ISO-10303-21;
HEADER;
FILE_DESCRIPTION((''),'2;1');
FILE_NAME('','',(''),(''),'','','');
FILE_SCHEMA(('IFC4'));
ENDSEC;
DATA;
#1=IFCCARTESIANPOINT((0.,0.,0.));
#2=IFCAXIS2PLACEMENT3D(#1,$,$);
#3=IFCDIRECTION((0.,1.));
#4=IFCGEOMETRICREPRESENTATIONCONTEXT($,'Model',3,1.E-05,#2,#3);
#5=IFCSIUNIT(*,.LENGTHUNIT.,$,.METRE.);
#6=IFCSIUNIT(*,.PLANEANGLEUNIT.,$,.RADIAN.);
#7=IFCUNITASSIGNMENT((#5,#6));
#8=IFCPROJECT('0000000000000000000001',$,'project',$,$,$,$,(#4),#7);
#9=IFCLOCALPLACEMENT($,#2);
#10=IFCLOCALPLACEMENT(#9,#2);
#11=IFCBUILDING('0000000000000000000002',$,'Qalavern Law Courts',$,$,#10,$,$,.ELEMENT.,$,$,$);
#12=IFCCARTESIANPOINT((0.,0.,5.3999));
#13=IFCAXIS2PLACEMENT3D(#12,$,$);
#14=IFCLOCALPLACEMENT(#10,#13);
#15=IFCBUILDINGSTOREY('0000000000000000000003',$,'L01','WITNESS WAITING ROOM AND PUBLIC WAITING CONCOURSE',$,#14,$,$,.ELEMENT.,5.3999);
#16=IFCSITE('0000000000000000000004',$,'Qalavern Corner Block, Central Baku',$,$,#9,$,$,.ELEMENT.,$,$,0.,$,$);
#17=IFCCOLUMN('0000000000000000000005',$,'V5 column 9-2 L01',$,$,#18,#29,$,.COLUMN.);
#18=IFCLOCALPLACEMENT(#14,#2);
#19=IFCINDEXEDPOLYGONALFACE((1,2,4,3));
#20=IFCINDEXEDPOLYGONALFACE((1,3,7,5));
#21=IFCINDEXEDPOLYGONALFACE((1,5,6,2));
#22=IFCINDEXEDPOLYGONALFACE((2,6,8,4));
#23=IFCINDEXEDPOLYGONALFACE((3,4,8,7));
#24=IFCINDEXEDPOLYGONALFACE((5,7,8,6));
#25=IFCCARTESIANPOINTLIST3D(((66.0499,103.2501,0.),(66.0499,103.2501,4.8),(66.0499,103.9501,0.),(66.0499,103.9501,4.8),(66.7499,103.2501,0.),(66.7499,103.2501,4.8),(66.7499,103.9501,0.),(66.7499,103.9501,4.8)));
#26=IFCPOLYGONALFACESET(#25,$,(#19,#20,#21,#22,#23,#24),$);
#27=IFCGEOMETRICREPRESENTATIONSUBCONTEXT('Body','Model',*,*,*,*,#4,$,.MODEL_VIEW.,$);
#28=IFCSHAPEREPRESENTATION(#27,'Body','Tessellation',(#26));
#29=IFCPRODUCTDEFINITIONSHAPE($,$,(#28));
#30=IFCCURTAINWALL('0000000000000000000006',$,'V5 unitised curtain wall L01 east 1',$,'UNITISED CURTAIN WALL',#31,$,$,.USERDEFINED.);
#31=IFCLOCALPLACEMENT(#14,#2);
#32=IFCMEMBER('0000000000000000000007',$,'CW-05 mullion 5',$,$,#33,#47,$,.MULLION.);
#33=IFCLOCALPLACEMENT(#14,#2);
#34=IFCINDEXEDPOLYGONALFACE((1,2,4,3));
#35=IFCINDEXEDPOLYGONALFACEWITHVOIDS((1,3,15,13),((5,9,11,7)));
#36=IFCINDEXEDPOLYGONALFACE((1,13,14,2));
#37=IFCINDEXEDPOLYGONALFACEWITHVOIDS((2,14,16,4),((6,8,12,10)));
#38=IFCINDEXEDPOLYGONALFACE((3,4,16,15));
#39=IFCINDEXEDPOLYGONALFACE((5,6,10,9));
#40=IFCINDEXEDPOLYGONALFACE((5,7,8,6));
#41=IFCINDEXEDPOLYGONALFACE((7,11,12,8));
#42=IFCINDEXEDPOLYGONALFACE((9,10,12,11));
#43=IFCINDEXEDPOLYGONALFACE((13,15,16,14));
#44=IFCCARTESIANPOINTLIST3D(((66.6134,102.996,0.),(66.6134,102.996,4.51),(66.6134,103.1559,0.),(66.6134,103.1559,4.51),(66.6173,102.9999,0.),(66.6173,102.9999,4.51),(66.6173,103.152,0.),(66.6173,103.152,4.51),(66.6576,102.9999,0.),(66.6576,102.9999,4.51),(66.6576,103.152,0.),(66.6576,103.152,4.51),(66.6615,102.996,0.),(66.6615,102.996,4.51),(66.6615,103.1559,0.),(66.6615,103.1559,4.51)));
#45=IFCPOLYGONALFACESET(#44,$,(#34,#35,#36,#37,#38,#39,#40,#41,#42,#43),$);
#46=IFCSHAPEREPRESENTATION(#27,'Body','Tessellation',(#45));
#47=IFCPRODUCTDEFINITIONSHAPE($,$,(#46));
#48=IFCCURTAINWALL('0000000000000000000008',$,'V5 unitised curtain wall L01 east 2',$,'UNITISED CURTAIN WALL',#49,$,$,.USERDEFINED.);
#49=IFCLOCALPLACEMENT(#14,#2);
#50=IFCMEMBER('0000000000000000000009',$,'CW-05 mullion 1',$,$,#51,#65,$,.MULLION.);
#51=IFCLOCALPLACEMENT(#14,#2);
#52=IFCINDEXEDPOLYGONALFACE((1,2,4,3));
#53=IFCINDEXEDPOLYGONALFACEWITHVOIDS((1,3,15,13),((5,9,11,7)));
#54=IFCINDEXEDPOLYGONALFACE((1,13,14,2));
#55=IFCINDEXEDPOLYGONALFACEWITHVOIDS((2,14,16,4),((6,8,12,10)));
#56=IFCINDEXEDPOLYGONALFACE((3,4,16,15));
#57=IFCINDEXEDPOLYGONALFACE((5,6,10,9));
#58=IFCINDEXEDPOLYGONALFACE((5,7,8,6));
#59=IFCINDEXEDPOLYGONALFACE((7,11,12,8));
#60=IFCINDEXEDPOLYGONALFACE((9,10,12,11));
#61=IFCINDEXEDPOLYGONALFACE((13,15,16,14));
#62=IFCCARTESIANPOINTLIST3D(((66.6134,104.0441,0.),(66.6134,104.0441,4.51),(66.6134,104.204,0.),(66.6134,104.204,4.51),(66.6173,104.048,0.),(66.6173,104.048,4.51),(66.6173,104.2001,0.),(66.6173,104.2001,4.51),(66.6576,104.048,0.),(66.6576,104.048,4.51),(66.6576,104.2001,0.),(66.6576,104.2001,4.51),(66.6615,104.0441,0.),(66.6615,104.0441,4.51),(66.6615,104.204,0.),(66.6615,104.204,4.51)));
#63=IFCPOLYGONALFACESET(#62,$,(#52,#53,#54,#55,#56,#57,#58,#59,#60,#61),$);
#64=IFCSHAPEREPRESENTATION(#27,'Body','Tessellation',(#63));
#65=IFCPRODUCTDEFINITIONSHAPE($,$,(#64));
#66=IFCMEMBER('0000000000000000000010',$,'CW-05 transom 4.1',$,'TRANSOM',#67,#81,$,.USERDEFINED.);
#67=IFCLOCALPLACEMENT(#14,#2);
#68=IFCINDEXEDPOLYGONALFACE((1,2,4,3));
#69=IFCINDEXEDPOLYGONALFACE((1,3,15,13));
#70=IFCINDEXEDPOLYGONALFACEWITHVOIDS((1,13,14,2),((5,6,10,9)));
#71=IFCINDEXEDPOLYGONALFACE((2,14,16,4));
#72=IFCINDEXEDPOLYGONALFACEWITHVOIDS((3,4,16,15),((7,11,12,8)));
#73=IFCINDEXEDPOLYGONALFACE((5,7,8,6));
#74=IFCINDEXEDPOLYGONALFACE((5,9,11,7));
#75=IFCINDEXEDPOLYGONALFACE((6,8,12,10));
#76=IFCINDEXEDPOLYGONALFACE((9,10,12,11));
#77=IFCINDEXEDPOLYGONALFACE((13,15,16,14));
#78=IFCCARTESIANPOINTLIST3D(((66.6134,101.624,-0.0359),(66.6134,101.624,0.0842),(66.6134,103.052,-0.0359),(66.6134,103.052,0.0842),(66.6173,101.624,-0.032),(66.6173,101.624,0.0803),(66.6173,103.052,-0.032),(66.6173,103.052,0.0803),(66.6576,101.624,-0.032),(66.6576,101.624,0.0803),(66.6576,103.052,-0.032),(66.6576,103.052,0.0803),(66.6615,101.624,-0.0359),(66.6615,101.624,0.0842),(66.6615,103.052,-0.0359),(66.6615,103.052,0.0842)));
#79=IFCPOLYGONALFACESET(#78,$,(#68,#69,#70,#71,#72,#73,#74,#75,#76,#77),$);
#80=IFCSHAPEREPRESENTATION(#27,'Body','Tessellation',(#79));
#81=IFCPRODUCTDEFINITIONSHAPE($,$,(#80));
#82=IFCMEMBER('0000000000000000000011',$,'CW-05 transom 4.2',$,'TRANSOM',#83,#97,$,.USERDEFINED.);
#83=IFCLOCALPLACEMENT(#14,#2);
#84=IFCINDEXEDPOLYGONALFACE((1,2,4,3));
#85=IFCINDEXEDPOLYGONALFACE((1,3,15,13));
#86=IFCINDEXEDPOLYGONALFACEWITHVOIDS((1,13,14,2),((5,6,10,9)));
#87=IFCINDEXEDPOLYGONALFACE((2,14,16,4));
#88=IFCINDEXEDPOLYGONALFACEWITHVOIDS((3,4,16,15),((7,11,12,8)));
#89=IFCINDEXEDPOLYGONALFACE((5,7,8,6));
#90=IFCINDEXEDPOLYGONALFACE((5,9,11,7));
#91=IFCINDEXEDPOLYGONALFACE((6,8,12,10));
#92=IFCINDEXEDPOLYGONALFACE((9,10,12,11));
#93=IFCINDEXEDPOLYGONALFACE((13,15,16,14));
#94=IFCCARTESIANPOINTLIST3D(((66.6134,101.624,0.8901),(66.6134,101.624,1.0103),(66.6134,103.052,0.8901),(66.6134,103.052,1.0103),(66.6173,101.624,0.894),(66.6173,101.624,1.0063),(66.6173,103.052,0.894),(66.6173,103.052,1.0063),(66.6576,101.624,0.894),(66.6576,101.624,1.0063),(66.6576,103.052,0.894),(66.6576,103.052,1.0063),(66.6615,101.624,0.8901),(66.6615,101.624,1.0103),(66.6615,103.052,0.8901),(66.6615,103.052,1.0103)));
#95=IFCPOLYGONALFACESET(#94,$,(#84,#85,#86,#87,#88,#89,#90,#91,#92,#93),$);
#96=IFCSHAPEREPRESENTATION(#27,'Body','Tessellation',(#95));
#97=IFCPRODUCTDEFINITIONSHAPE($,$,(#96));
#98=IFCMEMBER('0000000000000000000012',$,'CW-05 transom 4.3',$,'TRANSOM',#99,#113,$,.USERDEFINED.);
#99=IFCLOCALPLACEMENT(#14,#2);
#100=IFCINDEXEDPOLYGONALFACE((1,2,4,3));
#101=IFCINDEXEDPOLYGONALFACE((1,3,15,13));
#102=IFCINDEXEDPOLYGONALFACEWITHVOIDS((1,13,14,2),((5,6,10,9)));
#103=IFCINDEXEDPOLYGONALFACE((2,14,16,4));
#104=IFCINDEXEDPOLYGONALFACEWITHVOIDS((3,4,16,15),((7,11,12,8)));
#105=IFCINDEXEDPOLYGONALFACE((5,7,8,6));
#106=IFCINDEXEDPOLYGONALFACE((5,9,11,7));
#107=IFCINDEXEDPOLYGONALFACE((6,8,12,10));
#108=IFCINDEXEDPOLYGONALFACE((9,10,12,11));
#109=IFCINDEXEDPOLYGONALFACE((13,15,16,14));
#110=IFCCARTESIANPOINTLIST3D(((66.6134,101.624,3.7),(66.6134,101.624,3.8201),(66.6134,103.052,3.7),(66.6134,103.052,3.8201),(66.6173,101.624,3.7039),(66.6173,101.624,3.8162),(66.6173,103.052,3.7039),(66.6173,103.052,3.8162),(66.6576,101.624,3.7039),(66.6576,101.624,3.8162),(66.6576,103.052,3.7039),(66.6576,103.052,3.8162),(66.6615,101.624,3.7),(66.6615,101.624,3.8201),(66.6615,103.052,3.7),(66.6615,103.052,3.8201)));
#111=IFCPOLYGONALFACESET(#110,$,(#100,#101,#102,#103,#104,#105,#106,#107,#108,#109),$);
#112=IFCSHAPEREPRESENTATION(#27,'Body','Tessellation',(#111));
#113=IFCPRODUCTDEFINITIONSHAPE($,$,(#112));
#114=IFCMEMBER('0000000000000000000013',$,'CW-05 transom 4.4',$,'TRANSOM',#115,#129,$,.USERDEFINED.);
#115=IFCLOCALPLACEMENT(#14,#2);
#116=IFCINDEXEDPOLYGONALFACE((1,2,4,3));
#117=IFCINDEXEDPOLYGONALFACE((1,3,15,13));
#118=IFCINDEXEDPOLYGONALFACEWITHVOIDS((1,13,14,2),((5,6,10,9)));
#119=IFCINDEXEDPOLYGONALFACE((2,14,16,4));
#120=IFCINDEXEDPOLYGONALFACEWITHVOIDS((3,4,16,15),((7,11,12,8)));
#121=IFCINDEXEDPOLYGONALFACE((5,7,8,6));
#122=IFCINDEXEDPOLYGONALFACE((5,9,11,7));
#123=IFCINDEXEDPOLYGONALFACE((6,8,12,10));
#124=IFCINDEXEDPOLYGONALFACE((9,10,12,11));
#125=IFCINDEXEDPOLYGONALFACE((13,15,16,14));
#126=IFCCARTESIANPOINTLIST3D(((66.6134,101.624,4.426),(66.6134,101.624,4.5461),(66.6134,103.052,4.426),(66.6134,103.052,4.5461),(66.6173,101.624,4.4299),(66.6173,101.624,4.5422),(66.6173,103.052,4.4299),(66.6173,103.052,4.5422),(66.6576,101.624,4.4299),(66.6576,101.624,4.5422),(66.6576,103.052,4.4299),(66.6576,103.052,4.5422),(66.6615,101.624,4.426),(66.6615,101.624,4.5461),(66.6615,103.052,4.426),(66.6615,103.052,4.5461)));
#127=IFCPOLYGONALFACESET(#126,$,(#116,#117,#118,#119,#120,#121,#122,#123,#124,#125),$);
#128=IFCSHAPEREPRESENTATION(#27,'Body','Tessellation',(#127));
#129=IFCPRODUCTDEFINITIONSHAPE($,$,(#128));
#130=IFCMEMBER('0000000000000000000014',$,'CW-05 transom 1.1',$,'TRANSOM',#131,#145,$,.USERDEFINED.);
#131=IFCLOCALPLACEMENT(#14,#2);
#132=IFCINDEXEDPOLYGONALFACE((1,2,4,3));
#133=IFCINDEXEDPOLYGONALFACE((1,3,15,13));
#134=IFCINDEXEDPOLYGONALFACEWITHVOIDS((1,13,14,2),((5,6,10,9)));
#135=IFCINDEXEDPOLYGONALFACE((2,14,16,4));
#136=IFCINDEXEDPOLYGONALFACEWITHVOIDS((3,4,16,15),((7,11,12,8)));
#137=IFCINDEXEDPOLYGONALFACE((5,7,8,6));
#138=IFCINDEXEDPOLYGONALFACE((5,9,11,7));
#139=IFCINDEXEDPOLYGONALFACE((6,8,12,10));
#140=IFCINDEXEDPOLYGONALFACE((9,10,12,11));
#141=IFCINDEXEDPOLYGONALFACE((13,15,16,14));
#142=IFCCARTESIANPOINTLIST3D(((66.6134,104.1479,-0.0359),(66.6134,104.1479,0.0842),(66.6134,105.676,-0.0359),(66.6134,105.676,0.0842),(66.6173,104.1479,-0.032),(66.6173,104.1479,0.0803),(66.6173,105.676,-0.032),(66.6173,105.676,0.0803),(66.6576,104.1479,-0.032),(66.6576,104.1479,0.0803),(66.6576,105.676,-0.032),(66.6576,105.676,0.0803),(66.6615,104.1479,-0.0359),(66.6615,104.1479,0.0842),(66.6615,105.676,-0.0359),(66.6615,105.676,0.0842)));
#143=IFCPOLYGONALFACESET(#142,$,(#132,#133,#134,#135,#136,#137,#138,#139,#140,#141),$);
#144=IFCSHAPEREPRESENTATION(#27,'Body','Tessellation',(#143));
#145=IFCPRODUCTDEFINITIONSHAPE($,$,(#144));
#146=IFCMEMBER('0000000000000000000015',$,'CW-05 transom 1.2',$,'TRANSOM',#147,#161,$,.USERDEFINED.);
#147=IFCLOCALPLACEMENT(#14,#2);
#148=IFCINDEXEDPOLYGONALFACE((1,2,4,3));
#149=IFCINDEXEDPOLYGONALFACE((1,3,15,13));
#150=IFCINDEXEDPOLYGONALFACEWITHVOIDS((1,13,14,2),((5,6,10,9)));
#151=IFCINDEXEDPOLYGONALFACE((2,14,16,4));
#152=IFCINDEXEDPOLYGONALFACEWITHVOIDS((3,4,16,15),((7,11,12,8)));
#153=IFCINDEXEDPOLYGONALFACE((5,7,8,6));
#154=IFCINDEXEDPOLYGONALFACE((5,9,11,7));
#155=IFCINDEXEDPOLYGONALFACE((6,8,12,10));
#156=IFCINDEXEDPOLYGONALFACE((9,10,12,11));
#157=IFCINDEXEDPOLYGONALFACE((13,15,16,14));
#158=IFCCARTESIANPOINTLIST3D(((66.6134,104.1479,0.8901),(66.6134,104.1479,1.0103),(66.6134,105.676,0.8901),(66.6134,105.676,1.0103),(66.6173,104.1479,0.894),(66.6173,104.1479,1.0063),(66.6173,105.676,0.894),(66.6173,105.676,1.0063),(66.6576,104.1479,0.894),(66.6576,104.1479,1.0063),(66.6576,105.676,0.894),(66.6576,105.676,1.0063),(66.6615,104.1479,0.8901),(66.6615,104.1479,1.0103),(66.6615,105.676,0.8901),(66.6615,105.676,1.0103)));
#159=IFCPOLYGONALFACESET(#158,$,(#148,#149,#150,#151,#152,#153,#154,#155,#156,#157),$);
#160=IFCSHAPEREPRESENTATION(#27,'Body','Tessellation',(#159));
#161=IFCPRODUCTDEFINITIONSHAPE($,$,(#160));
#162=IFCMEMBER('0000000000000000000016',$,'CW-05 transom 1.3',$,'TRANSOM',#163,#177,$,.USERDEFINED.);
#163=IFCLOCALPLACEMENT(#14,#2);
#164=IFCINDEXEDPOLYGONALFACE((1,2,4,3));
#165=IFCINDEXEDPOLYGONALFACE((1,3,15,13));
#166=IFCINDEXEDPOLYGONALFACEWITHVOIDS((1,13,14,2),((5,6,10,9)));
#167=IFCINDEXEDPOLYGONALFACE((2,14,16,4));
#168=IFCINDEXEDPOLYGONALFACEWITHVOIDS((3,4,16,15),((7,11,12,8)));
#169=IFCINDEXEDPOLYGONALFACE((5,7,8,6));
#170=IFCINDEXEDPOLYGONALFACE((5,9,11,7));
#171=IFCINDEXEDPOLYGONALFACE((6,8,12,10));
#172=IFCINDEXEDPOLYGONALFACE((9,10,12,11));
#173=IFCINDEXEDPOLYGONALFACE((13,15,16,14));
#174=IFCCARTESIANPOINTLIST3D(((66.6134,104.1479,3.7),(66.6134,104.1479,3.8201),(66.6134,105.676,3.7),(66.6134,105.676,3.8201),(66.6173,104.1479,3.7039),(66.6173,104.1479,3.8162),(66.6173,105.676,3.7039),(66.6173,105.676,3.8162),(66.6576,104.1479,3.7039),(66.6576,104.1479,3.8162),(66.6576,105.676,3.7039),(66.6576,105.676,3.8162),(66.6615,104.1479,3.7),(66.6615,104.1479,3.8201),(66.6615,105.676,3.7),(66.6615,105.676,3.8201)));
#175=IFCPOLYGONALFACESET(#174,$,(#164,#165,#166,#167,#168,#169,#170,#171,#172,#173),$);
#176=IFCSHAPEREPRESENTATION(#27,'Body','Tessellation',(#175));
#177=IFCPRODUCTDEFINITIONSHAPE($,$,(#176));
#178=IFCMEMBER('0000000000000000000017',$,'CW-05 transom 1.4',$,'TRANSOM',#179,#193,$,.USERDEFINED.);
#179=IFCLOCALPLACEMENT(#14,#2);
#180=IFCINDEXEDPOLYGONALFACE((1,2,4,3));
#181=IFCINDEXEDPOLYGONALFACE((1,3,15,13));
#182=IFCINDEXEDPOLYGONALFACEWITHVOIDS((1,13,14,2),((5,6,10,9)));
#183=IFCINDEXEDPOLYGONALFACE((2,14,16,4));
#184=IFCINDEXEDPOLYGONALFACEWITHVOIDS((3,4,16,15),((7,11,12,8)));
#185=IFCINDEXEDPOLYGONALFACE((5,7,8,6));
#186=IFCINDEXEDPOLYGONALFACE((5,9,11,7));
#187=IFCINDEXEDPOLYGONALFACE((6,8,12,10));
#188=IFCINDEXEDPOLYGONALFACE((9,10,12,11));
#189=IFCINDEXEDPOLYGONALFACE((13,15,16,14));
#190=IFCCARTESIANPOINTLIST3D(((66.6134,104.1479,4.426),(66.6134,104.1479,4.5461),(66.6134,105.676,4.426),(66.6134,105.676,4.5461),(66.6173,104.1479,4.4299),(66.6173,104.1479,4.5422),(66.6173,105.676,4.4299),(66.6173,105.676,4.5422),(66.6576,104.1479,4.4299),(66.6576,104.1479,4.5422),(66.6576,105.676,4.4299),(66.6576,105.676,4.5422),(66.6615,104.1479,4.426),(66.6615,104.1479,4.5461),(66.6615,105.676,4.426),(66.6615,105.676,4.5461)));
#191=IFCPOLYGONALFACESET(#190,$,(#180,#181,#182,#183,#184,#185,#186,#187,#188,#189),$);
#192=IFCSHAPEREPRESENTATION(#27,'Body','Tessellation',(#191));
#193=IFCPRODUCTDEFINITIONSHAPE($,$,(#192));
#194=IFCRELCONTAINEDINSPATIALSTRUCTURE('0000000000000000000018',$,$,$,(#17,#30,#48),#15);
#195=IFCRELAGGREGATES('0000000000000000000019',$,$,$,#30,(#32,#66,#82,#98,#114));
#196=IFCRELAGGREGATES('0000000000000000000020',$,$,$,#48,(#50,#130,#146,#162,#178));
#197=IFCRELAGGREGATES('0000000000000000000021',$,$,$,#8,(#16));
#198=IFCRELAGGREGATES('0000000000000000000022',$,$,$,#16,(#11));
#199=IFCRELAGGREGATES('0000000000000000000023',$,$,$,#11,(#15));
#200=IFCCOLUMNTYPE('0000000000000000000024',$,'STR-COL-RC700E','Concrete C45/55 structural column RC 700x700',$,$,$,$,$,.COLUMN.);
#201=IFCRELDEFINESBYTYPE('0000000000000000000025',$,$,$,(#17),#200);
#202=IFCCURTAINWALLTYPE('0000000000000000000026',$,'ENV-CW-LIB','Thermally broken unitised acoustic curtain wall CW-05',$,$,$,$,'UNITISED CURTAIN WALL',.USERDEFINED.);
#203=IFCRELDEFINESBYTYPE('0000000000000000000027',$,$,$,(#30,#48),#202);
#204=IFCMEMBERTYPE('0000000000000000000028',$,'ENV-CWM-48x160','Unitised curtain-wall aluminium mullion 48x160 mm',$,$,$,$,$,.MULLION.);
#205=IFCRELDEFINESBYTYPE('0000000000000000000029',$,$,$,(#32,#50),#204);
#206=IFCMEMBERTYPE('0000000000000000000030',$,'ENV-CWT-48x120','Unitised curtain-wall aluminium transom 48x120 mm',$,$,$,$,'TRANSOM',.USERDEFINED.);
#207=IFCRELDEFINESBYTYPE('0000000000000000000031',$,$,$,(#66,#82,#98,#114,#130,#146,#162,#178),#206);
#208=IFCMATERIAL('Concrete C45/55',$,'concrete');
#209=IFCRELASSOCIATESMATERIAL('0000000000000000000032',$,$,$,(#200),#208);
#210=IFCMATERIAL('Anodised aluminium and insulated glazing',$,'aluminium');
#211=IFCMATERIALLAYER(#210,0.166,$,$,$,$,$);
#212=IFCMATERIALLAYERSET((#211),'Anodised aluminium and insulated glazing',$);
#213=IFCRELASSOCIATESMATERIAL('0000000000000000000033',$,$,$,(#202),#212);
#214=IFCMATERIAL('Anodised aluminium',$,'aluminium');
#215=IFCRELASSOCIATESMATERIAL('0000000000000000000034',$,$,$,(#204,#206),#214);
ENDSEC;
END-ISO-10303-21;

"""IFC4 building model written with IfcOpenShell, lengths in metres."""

from ifc_helpers import new_model, si_unit, direction, frame, origin, origin_2d, place, context, subcontext, project, spatial, rectangle, hollow_rectangle, extrude, material, layer, layer_set, material_profile, profile_set, type_object, element, aggregate, save


model = new_model("IFC4")

# Units and contexts
model_context = context("Model", 3, precision=1e-05, world=origin(), true_north=direction((0.0, 1.0)))
body_context = subcontext(model_context, "Body", "Model", "MODEL_VIEW")
ifc_project = project(units=[si_unit("LENGTHUNIT", "METRE"), si_unit("PLANEANGLEUNIT", "RADIAN")], contexts=[model_context])

# Site, building, storey
site_placement = place(None, origin())
site = spatial("IfcSite", under=ifc_project, at=site_placement, Name="Qalavern Corner Block, Central Baku", CompositionType="ELEMENT", RefElevation=0.0)
building_placement = place(site_placement, origin())
building = spatial("IfcBuilding", under=site, at=building_placement, Name="Qalavern Law Courts", CompositionType="ELEMENT")
storey_placement = place(building_placement, frame((0.0, 0.0, 5.3999)))
storey = spatial("IfcBuildingStorey", under=building, at=storey_placement, Name="L01", Description="WITNESS WAITING ROOM AND PUBLIC WAITING CONCOURSE", CompositionType="ELEMENT", Elevation=5.3999)

# Column
ifc_material_1 = material(Name="Concrete C45/55", Category="concrete")
ifc_material_profile_1 = material_profile(ifc_material_1, rectangle(XDim=0.7, YDim=0.7, at=origin_2d()), Name="RC 700x700")
ifc_profile_set_1 = profile_set([ifc_material_profile_1], Name="Concrete C45/55")
column_type = type_object("IfcColumnType", Name="STR-COL-RC700E", Description="Concrete C45/55 structural column RC 700x700", PredefinedType="COLUMN", material=ifc_profile_set_1)
column_placement = place(storey_placement, frame((66.3999, 103.6001, 0.0), z_axis=(0.0, 0.0, 1.0), x_axis=(1.0, 0.0, 0.0)))
element("IfcColumn", 1, at=column_placement, inside=storey, type_object=column_type, Name="V5 column 9-2 L01", PredefinedType="COLUMN", context=body_context, shape_type="SweptSolid", body=[
    extrude(rectangle(XDim=0.7, YDim=0.7, at=origin_2d()), origin(), (0.0, 0.0, 1.0), 4.8),
])

# Curtain walls, members
ifc_material_2 = material(Name="Anodised aluminium and insulated glazing", Category="aluminium")
ifc_layer_1 = layer(ifc_material_2, 0.166)
ifc_layer_set_1 = layer_set([ifc_layer_1], Name="Anodised aluminium and insulated glazing")
curtain_wall_type = type_object("IfcCurtainWallType", Name="ENV-CW-LIB", Description="Thermally broken unitised acoustic curtain wall CW-05", ElementType="UNITISED CURTAIN WALL", PredefinedType="USERDEFINED", material=ifc_layer_set_1)
curtain_wall_1_placement = place(storey_placement, origin())
curtain_wall_1 = element("IfcCurtainWall", 2, at=curtain_wall_1_placement, inside=storey, type_object=curtain_wall_type, Name="V5 unitised curtain wall L01 east 1", ObjectType="UNITISED CURTAIN WALL", PredefinedType="USERDEFINED")
ifc_material_3 = material(Name="Anodised aluminium", Category="aluminium")
ifc_material_profile_2 = material_profile(ifc_material_3, hollow_rectangle(XDim=0.0481, YDim=0.1599, WallThickness=0.0039, at=origin_2d()), Name="ALU MULLION 48x160")
ifc_profile_set_2 = profile_set([ifc_material_profile_2], Name="Anodised aluminium")
member_type_1 = type_object("IfcMemberType", Name="ENV-CWM-48x160", Description="Unitised curtain-wall aluminium mullion 48x160 mm", PredefinedType="MULLION", material=ifc_profile_set_2)
member_1_placement = place(storey_placement, frame((66.6375, 103.0759, 0.0), z_axis=(0.0, 0.0, 1.0), x_axis=(-1.0, 0.0, 0.0)))
member_1 = element("IfcMember", 3, at=member_1_placement, type_object=member_type_1, Name="CW-05 mullion 5", PredefinedType="MULLION", context=body_context, shape_type="SweptSolid", body=[
    extrude(hollow_rectangle(XDim=0.0481, YDim=0.1599, WallThickness=0.0039, at=origin_2d()), origin(), (0.0, 0.0, 1.0), 4.51),
])
curtain_wall_2_placement = place(storey_placement, origin())
curtain_wall_2 = element("IfcCurtainWall", 4, at=curtain_wall_2_placement, inside=storey, type_object=curtain_wall_type, Name="V5 unitised curtain wall L01 east 2", ObjectType="UNITISED CURTAIN WALL", PredefinedType="USERDEFINED")
member_2_placement = place(storey_placement, frame((66.6375, 104.124, 0.0), z_axis=(0.0, 0.0, 1.0), x_axis=(-1.0, 0.0, 0.0)))
member_2 = element("IfcMember", 5, at=member_2_placement, type_object=member_type_1, Name="CW-05 mullion 1", PredefinedType="MULLION", context=body_context, shape_type="SweptSolid", body=[
    extrude(hollow_rectangle(XDim=0.0481, YDim=0.1599, WallThickness=0.0039, at=origin_2d()), origin(), (0.0, 0.0, 1.0), 4.51),
])

# Members
ifc_material_profile_3 = material_profile(ifc_material_3, hollow_rectangle(XDim=0.0481, YDim=0.1201, WallThickness=0.0039, at=origin_2d()), Name="ALU TRANSOM 48x120")
ifc_profile_set_3 = profile_set([ifc_material_profile_3], Name="Anodised aluminium")
member_type_2 = type_object("IfcMemberType", Name="ENV-CWT-48x120", Description="Unitised curtain-wall aluminium transom 48x120 mm", ElementType="TRANSOM", PredefinedType="USERDEFINED", material=ifc_profile_set_3)
member_3_placement = place(storey_placement, frame((66.6375, 101.624, 0.0242), z_axis=(0.0, 1.0, 0.0), x_axis=(-1.0, 0.0, 0.0)))
member_3 = element("IfcMember", 6, at=member_3_placement, type_object=member_type_2, Name="CW-05 transom 4.1", ObjectType="TRANSOM", PredefinedType="USERDEFINED", context=body_context, shape_type="SweptSolid", body=[
    extrude(hollow_rectangle(XDim=0.0481, YDim=0.1201, WallThickness=0.0039, at=origin_2d()), origin(), (0.0, 0.0, 1.0), 1.428),
])
member_4_placement = place(storey_placement, frame((66.6375, 101.624, 0.9502), z_axis=(0.0, 1.0, 0.0), x_axis=(-1.0, 0.0, 0.0)))
member_4 = element("IfcMember", 7, at=member_4_placement, type_object=member_type_2, Name="CW-05 transom 4.2", ObjectType="TRANSOM", PredefinedType="USERDEFINED", context=body_context, shape_type="SweptSolid", body=[
    extrude(hollow_rectangle(XDim=0.0481, YDim=0.1201, WallThickness=0.0039, at=origin_2d()), origin(), (0.0, 0.0, 1.0), 1.428),
])
member_5_placement = place(storey_placement, frame((66.6375, 101.624, 3.76), z_axis=(0.0, 1.0, 0.0), x_axis=(-1.0, 0.0, 0.0)))
member_5 = element("IfcMember", 8, at=member_5_placement, type_object=member_type_2, Name="CW-05 transom 4.3", ObjectType="TRANSOM", PredefinedType="USERDEFINED", context=body_context, shape_type="SweptSolid", body=[
    extrude(hollow_rectangle(XDim=0.0481, YDim=0.1201, WallThickness=0.0039, at=origin_2d()), origin(), (0.0, 0.0, 1.0), 1.428),
])
member_6_placement = place(storey_placement, frame((66.6375, 101.624, 4.4861), z_axis=(0.0, 1.0, 0.0), x_axis=(-1.0, 0.0, 0.0)))
member_6 = element("IfcMember", 9, at=member_6_placement, type_object=member_type_2, Name="CW-05 transom 4.4", ObjectType="TRANSOM", PredefinedType="USERDEFINED", context=body_context, shape_type="SweptSolid", body=[
    extrude(hollow_rectangle(XDim=0.0481, YDim=0.1201, WallThickness=0.0039, at=origin_2d()), origin(), (0.0, 0.0, 1.0), 1.428),
])
member_7_placement = place(storey_placement, frame((66.6375, 104.1479, 0.0242), z_axis=(0.0, 1.0, 0.0), x_axis=(-1.0, 0.0, 0.0)))
member_7 = element("IfcMember", 10, at=member_7_placement, type_object=member_type_2, Name="CW-05 transom 1.1", ObjectType="TRANSOM", PredefinedType="USERDEFINED", context=body_context, shape_type="SweptSolid", body=[
    extrude(hollow_rectangle(XDim=0.0481, YDim=0.1201, WallThickness=0.0039, at=origin_2d()), origin(), (0.0, 0.0, 1.0), 1.5281),
])
member_8_placement = place(storey_placement, frame((66.6375, 104.1479, 0.9502), z_axis=(0.0, 1.0, 0.0), x_axis=(-1.0, 0.0, 0.0)))
member_8 = element("IfcMember", 11, at=member_8_placement, type_object=member_type_2, Name="CW-05 transom 1.2", ObjectType="TRANSOM", PredefinedType="USERDEFINED", context=body_context, shape_type="SweptSolid", body=[
    extrude(hollow_rectangle(XDim=0.0481, YDim=0.1201, WallThickness=0.0039, at=origin_2d()), origin(), (0.0, 0.0, 1.0), 1.5281),
])
member_9_placement = place(storey_placement, frame((66.6375, 104.1479, 3.76), z_axis=(0.0, 1.0, 0.0), x_axis=(-1.0, 0.0, 0.0)))
member_9 = element("IfcMember", 12, at=member_9_placement, type_object=member_type_2, Name="CW-05 transom 1.3", ObjectType="TRANSOM", PredefinedType="USERDEFINED", context=body_context, shape_type="SweptSolid", body=[
    extrude(hollow_rectangle(XDim=0.0481, YDim=0.1201, WallThickness=0.0039, at=origin_2d()), origin(), (0.0, 0.0, 1.0), 1.5281),
])
member_10_placement = place(storey_placement, frame((66.6375, 104.1479, 4.4861), z_axis=(0.0, 1.0, 0.0), x_axis=(-1.0, 0.0, 0.0)))
member_10 = element("IfcMember", 13, at=member_10_placement, type_object=member_type_2, Name="CW-05 transom 1.4", ObjectType="TRANSOM", PredefinedType="USERDEFINED", context=body_context, shape_type="SweptSolid", body=[
    extrude(hollow_rectangle(XDim=0.0481, YDim=0.1201, WallThickness=0.0039, at=origin_2d()), origin(), (0.0, 0.0, 1.0), 1.5281),
])

aggregate(curtain_wall_1, [member_1, member_3, member_4, member_5, member_6])
aggregate(curtain_wall_2, [member_2, member_7, member_8, member_9, member_10])

save(model, "model.ifc")
